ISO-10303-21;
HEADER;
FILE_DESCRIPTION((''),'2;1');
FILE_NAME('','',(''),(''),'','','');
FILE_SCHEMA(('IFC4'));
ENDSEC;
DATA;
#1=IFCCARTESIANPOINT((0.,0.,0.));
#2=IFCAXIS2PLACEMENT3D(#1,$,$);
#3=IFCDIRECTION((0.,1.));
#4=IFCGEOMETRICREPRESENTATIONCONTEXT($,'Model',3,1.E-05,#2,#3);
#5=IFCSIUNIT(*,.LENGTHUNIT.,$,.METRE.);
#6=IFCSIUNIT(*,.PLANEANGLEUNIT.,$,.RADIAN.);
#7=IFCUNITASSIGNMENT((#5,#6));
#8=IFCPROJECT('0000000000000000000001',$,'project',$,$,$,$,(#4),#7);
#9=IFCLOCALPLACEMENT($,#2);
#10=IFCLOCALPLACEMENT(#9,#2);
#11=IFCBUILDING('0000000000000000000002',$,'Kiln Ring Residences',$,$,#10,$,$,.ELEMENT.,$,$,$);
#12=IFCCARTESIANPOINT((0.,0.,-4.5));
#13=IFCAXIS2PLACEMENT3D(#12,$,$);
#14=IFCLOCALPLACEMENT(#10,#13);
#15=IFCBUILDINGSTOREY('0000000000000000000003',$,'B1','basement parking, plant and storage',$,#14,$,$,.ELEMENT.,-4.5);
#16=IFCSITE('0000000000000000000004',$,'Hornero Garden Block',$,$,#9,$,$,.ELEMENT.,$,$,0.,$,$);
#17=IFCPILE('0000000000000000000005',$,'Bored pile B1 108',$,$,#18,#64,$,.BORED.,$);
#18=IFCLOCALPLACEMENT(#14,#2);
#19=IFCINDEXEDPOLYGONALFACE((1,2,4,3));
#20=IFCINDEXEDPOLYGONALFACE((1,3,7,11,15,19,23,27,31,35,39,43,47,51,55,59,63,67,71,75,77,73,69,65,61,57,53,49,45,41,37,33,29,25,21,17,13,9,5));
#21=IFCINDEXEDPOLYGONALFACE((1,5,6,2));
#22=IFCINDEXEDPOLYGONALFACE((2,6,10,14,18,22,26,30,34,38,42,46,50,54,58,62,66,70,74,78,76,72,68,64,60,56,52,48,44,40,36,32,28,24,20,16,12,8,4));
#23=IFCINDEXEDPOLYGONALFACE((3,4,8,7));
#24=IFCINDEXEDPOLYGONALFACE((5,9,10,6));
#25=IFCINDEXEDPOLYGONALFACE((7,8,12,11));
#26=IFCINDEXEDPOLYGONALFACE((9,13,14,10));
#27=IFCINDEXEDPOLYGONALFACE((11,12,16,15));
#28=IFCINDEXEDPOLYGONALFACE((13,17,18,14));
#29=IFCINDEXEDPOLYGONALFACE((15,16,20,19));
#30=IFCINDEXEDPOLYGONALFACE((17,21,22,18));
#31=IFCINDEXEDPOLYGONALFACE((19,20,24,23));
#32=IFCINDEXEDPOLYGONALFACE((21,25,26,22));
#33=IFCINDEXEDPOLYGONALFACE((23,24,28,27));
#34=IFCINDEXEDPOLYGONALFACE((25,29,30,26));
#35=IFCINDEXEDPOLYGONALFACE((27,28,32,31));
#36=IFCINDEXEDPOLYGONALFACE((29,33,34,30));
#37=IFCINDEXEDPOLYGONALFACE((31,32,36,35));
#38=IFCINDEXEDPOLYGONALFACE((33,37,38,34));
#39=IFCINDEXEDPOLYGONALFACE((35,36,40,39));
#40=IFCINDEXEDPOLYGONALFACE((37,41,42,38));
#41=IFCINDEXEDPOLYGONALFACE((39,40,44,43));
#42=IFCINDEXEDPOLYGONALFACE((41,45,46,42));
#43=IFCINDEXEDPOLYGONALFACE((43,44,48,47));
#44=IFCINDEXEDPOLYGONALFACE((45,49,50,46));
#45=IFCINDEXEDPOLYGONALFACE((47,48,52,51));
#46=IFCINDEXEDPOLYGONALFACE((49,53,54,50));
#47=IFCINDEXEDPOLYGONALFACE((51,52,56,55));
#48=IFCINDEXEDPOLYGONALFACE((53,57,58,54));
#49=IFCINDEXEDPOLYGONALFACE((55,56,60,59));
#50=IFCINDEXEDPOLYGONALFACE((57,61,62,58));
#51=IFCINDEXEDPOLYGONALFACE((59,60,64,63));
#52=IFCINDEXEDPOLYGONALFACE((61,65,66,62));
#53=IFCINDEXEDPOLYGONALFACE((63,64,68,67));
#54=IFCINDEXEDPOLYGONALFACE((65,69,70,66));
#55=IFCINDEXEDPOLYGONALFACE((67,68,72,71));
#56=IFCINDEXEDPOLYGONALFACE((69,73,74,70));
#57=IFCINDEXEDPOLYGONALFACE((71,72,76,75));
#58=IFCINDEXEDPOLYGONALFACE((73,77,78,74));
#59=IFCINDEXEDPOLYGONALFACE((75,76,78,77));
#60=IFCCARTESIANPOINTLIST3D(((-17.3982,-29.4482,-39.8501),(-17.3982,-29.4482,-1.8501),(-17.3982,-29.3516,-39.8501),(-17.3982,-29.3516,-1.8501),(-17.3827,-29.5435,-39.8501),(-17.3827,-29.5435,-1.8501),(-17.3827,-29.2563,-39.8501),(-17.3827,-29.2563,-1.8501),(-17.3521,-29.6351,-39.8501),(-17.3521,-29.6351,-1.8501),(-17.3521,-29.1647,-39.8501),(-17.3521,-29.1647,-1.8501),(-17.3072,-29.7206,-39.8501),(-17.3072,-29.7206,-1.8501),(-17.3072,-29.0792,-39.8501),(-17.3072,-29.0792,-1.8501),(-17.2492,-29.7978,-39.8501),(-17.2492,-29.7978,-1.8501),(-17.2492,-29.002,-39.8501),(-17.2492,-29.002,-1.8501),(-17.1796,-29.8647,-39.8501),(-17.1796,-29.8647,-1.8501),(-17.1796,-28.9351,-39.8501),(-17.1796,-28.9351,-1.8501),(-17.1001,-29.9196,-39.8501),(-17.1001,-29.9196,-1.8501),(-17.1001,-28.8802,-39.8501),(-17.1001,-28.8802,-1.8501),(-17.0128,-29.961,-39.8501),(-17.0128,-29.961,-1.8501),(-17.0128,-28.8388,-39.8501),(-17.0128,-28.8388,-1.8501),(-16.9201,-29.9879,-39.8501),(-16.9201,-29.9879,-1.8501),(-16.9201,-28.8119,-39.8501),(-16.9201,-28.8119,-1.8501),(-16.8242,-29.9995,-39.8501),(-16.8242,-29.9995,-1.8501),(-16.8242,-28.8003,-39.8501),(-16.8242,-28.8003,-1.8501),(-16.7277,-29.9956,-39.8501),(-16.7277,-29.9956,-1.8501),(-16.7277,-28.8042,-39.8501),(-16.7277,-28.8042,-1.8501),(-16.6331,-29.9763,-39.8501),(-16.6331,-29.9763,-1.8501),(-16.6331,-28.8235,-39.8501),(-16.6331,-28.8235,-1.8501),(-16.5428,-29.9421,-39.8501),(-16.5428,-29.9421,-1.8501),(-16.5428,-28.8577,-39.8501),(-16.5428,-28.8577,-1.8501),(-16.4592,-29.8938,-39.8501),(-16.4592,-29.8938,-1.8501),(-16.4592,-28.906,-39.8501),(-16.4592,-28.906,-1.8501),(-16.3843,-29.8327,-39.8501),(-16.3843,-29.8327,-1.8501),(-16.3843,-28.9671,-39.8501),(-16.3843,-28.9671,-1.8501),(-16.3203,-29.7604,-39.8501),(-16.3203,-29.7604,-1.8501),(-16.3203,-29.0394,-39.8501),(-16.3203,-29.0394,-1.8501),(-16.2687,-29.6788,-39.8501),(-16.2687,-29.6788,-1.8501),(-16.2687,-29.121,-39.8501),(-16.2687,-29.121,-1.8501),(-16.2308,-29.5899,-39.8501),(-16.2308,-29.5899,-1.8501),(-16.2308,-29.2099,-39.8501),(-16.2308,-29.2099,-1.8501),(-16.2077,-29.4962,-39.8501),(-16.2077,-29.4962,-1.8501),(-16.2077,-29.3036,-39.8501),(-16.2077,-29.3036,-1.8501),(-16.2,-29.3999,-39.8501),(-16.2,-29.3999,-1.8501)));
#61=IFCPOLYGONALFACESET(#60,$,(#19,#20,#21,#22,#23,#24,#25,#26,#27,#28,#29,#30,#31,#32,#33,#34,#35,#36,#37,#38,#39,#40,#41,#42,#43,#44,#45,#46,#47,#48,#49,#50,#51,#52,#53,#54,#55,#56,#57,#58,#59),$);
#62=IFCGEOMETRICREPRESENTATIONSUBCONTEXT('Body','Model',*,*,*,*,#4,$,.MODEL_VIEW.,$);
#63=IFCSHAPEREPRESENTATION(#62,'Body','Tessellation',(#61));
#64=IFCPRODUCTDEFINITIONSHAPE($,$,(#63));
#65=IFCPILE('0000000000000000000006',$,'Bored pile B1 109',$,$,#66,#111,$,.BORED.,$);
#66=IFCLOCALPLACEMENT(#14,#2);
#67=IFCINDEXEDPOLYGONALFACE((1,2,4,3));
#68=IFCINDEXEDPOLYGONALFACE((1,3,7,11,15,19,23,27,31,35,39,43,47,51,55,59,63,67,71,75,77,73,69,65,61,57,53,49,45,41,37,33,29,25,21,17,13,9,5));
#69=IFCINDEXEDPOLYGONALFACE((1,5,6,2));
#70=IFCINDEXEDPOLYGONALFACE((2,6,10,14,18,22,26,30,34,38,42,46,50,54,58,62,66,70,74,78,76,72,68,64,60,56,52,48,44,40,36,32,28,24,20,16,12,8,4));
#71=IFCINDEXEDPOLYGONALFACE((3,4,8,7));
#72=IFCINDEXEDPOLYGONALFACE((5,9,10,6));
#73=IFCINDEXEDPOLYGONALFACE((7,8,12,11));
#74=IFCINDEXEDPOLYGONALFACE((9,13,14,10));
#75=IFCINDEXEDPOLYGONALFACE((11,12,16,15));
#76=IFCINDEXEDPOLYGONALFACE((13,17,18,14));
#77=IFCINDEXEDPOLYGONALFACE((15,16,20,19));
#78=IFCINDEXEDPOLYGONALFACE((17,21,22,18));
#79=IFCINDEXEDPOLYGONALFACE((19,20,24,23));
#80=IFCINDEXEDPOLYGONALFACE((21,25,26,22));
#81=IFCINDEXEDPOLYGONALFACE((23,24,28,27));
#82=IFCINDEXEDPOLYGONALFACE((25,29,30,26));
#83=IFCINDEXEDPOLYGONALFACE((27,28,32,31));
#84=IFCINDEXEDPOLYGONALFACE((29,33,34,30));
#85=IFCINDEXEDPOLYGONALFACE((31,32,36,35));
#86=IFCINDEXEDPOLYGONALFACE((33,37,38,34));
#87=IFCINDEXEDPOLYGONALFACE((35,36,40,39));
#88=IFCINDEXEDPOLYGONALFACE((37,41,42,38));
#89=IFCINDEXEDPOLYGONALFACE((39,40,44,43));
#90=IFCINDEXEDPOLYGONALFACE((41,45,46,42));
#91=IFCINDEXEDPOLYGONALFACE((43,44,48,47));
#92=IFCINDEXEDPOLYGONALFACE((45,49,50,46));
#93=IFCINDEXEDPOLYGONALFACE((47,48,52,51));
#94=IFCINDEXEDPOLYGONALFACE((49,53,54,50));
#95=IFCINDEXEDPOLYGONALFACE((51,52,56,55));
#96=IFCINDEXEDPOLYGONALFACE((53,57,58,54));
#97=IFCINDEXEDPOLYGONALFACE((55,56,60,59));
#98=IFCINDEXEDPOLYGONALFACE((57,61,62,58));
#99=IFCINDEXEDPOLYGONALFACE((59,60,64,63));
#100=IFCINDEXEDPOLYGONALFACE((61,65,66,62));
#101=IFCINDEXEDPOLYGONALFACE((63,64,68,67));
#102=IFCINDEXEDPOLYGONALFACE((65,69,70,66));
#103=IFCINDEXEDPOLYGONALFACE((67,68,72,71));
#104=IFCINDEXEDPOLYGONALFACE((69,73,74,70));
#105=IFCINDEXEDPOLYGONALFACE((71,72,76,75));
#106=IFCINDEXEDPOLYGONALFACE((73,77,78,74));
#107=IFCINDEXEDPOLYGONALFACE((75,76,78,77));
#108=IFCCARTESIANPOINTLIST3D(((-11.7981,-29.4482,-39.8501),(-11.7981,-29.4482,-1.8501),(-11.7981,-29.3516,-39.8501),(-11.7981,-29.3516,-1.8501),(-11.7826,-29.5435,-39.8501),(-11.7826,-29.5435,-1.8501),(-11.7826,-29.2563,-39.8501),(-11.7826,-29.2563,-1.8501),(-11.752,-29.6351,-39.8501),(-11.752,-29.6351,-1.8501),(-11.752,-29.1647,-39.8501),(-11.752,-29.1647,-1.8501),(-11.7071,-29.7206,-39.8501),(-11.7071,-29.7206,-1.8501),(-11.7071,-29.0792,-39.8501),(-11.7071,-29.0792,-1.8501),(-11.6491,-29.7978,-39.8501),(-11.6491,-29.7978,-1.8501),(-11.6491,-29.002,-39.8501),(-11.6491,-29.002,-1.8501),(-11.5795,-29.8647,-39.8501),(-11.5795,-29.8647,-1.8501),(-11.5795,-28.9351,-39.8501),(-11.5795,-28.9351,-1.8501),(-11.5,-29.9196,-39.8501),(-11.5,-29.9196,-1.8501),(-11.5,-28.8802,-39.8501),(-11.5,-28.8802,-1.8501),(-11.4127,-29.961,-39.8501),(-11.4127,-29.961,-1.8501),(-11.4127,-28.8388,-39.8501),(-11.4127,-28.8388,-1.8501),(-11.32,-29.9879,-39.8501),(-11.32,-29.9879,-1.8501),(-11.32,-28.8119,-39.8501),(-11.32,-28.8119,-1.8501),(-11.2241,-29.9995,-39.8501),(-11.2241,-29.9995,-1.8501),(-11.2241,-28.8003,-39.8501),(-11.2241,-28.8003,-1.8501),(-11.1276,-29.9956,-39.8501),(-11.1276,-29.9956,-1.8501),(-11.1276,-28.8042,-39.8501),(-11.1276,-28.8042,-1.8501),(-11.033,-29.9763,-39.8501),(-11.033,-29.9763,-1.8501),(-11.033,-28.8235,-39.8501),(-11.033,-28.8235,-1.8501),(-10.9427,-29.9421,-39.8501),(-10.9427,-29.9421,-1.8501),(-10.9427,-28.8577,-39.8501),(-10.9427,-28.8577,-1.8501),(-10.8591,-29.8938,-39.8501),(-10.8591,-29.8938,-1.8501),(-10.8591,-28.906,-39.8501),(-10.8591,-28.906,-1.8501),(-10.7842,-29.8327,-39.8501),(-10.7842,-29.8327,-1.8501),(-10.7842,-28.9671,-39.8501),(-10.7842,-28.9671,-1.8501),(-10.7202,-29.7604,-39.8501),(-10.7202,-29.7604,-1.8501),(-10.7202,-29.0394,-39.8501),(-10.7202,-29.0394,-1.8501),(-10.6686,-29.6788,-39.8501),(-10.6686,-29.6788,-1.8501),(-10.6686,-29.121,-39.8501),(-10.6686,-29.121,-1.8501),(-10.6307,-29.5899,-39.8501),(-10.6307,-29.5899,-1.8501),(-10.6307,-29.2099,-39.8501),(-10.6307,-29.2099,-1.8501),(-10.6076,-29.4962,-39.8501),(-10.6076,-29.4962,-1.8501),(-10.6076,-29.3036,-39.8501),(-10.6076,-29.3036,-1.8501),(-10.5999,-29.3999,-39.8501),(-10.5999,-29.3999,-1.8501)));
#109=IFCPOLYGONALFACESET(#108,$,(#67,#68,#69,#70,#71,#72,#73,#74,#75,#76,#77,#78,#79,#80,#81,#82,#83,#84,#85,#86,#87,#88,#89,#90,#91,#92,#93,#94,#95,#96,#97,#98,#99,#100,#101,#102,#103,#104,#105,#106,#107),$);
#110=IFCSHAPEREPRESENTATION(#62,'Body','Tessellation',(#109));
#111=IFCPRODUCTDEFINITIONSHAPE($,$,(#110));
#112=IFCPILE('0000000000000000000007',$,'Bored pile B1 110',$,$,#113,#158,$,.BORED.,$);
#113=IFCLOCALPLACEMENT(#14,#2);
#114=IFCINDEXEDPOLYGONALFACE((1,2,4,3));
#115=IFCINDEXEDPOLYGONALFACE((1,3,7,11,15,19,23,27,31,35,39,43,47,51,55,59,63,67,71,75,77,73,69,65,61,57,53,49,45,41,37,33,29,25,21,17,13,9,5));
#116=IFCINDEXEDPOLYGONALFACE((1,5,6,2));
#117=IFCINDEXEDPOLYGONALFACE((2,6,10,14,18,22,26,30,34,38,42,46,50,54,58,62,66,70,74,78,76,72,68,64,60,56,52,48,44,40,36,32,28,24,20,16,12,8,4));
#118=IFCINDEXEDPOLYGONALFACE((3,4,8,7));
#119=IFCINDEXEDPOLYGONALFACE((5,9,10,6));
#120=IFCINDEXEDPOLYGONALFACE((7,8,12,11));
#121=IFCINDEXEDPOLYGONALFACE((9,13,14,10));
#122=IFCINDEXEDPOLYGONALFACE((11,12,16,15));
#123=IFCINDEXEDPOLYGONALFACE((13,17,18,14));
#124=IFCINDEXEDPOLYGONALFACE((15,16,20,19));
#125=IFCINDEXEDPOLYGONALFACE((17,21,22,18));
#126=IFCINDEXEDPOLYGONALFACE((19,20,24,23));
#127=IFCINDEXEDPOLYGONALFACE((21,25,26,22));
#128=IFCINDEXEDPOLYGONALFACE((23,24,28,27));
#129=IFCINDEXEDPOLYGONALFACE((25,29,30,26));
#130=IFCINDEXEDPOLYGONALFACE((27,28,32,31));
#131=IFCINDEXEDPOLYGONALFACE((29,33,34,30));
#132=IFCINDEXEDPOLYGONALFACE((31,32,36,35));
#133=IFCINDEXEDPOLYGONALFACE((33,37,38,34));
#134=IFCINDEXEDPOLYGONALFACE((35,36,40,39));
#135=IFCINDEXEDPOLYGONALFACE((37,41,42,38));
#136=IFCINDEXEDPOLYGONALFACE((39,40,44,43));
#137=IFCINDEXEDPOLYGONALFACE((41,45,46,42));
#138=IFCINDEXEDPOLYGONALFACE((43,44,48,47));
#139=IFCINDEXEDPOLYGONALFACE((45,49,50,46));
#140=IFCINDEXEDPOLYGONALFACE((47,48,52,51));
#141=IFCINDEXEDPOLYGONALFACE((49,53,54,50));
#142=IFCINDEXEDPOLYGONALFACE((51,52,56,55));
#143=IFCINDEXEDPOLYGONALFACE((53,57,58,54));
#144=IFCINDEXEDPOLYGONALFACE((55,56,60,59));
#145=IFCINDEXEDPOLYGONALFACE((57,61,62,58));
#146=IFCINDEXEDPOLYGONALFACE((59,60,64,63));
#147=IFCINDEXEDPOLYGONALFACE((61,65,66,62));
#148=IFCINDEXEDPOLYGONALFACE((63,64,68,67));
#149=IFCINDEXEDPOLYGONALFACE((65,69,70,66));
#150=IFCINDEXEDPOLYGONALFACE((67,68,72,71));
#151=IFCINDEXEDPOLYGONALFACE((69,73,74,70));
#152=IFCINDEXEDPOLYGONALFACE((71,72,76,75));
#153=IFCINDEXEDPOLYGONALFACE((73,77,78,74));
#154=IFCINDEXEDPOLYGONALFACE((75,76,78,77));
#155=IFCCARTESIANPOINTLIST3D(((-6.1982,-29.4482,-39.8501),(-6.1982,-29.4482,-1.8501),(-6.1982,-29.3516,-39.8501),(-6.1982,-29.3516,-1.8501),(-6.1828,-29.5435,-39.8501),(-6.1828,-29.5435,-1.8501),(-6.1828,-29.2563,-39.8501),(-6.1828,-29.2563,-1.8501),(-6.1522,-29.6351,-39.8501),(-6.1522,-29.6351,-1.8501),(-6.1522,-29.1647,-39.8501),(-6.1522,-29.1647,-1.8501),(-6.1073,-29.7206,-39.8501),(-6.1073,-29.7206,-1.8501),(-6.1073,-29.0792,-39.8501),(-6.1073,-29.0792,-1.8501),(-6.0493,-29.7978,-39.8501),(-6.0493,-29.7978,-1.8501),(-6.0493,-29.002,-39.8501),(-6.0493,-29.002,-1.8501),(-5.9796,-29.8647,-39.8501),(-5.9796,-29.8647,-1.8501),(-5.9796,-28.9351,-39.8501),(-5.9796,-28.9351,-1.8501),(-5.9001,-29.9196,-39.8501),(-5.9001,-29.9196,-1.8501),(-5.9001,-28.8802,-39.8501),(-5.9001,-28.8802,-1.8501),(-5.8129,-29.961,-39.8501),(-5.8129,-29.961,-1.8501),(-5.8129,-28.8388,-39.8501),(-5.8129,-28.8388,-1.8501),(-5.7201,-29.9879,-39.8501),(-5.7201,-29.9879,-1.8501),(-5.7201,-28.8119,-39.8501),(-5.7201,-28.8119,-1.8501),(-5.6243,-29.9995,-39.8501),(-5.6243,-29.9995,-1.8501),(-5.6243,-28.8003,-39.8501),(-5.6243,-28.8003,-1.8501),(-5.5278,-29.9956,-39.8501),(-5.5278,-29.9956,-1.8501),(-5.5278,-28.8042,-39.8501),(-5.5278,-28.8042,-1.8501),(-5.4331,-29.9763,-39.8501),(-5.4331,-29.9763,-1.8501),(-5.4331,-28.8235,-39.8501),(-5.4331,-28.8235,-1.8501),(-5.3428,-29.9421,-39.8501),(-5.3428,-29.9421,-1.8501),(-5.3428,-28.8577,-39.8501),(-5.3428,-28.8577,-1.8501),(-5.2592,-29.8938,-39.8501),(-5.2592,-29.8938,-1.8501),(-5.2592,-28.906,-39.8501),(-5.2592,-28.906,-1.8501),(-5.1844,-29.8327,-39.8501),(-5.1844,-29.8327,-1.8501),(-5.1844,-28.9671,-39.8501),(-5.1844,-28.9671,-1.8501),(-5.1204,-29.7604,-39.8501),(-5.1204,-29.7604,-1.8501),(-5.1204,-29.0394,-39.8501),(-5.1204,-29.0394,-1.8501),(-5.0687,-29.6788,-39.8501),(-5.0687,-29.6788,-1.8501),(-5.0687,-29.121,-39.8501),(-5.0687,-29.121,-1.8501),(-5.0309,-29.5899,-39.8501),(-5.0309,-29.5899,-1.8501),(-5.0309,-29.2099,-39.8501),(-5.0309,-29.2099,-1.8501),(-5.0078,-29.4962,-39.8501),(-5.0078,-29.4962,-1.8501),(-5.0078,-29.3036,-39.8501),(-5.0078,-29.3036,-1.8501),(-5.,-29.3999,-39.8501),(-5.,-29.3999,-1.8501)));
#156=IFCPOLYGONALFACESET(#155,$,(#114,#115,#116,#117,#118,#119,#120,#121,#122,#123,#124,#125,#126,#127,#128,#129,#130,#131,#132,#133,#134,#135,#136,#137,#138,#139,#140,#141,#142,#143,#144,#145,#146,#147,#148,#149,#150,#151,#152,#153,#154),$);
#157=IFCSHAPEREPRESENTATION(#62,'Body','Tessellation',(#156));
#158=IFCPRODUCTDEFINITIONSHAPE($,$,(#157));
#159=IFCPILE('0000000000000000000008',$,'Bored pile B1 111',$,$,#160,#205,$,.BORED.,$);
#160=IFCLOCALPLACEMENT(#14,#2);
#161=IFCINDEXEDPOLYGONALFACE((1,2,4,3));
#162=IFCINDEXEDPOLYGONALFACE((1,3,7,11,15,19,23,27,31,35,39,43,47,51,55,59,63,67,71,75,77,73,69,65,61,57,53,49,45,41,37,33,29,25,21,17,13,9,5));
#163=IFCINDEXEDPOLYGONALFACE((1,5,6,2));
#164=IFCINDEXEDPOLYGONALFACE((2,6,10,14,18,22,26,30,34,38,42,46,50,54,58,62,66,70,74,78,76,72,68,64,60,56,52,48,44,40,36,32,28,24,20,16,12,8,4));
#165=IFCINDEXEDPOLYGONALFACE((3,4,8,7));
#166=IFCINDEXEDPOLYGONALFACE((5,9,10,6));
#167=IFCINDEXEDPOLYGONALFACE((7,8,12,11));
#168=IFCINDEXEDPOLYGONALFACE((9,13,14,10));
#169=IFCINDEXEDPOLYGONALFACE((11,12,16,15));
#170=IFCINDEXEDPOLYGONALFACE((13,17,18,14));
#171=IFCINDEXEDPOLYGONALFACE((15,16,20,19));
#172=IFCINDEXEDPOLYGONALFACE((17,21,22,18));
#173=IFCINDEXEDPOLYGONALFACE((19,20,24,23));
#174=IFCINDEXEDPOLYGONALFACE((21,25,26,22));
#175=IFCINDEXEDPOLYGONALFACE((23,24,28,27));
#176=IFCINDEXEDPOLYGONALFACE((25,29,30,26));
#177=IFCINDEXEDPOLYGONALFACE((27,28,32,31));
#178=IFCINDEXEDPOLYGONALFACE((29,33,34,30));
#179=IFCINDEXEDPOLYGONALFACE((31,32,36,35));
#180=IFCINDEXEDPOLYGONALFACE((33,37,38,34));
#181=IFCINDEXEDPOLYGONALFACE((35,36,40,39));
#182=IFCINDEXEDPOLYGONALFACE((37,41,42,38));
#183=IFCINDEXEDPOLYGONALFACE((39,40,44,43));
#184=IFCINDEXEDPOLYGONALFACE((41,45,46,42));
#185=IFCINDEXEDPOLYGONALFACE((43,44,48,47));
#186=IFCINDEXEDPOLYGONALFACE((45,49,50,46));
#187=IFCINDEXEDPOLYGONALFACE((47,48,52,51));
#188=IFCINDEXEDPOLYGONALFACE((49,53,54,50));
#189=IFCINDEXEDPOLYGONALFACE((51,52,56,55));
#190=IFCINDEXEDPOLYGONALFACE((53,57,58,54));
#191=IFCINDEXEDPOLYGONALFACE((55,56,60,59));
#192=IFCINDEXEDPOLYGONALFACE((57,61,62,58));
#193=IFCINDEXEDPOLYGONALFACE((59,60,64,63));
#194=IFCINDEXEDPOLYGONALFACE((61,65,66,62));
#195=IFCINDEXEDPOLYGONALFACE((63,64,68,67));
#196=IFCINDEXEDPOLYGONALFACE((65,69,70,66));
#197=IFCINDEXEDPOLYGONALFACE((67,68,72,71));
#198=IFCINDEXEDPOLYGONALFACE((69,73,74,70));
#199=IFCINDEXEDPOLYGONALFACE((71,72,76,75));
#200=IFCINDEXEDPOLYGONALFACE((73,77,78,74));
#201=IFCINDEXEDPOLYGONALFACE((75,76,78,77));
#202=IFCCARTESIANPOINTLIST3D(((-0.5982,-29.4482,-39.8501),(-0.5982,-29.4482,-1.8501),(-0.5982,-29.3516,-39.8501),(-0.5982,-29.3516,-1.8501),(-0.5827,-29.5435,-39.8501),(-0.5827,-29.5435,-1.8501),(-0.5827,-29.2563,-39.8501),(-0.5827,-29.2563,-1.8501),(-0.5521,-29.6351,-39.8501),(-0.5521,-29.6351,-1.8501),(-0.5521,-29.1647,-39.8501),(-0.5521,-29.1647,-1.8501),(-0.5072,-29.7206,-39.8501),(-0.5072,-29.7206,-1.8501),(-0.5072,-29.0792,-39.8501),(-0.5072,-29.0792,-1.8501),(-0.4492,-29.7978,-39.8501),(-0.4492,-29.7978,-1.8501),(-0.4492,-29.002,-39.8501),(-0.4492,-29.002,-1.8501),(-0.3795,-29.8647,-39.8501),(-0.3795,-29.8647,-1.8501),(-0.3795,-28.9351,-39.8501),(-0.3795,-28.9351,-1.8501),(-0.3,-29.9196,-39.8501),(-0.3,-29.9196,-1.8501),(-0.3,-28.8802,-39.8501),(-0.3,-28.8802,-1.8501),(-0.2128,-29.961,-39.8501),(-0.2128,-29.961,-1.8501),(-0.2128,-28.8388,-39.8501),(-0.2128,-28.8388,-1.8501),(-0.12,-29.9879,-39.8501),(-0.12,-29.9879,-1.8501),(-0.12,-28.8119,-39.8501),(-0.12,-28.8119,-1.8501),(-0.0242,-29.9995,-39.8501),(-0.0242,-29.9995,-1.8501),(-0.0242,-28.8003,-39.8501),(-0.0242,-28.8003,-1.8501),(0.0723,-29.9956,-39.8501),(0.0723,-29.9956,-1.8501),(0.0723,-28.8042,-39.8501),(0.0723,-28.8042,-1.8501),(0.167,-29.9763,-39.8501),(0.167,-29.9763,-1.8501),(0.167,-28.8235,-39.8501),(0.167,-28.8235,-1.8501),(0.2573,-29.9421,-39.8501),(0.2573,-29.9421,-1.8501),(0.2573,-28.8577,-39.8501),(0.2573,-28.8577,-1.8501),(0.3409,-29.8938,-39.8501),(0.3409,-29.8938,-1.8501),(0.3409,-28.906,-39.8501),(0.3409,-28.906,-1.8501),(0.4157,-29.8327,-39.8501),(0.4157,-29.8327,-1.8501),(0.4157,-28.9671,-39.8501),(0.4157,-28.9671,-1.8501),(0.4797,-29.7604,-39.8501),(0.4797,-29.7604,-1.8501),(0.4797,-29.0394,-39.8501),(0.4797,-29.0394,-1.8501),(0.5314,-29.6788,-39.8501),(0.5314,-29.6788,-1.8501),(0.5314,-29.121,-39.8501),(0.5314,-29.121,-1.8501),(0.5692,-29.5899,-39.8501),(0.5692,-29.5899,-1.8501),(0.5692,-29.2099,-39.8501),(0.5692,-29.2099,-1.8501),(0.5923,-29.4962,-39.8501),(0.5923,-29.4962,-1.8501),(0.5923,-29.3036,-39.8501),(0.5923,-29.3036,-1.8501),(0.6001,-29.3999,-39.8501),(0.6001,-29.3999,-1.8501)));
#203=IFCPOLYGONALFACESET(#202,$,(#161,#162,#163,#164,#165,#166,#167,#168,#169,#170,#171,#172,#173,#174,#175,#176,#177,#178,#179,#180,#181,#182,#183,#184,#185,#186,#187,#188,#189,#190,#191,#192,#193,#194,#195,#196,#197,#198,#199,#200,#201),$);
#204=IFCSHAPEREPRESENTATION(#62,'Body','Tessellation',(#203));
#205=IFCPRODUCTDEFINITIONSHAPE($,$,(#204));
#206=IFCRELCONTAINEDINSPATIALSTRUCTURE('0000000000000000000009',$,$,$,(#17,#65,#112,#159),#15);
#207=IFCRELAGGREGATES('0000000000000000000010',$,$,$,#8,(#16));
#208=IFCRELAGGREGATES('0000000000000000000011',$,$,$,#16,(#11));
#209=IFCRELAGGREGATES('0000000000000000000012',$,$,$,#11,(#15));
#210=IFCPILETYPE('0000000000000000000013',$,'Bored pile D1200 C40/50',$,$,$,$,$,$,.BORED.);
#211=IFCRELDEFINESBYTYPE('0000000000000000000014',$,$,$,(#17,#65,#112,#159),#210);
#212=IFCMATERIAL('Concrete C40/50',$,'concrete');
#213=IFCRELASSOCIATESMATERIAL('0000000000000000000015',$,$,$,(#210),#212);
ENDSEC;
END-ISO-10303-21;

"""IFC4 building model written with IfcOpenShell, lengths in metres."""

from ifc_helpers import new_model, si_unit, direction, frame, origin, origin_2d, place, context, subcontext, project, spatial, circle, extrude, material, material_profile, profile_set, type_object, element, save


model = new_model("IFC4")

# Units and contexts
model_context = context("Model", 3, precision=1e-05, world=origin(), true_north=direction((0.0, 1.0)))
body_context = subcontext(model_context, "Body", "Model", "MODEL_VIEW")
ifc_project = project(units=[si_unit("LENGTHUNIT", "METRE"), si_unit("PLANEANGLEUNIT", "RADIAN")], contexts=[model_context])

# Site, building, storey
site_placement = place(None, origin())
site = spatial("IfcSite", under=ifc_project, at=site_placement, Name="Hornero Garden Block", CompositionType="ELEMENT", RefElevation=0.0)
building_placement = place(site_placement, origin())
building = spatial("IfcBuilding", under=site, at=building_placement, Name="Kiln Ring Residences", CompositionType="ELEMENT")
storey_placement = place(building_placement, frame((0.0, 0.0, -4.5)))
storey = spatial("IfcBuildingStorey", under=building, at=storey_placement, Name="B1", Description="basement parking, plant and storage", CompositionType="ELEMENT", Elevation=-4.5)

# Piles
ifc_material_1 = material(Name="Concrete C40/50", Category="concrete")
ifc_material_profile_1 = material_profile(ifc_material_1, circle(Radius=0.6001, at=origin_2d()), Name="BORED1200")
ifc_profile_set_1 = profile_set([ifc_material_profile_1], Name="Concrete C40/50")
pile_type_1 = type_object("IfcPileType", Name="Bored pile D1200 C40/50", PredefinedType="BORED", material=ifc_profile_set_1)
for number, where, z_axis, x_axis, name in (
    (1, (-16.8, -29.3999, -1.8501), (0.0, 0.0, -1.0), (1.0, 0.0, 0.0), "Bored pile B1 108"),
    (2, (-11.2, -29.3999, -1.8501), (0.0, 0.0, -1.0), (1.0, 0.0, 0.0), "Bored pile B1 109"),
    (3, (-5.6001, -29.3999, -1.8501), (0.0, 0.0, -1.0), (1.0, 0.0, 0.0), "Bored pile B1 110"),
    (4, (0.0, -29.3999, -1.8501), (0.0, 0.0, -1.0), (1.0, 0.0, 0.0), "Bored pile B1 111"),
):
    element("IfcPile", number, at=place(storey_placement, frame(where, z_axis=z_axis, x_axis=x_axis)), inside=storey, type_object=pile_type_1, Name=name, PredefinedType="BORED", context=body_context, shape_type="SweptSolid", body=[
        extrude(circle(Radius=0.6001, at=origin_2d()), origin(), (0.0, 0.0, 1.0), 38.0),
    ])

save(model, "model.ifc")
